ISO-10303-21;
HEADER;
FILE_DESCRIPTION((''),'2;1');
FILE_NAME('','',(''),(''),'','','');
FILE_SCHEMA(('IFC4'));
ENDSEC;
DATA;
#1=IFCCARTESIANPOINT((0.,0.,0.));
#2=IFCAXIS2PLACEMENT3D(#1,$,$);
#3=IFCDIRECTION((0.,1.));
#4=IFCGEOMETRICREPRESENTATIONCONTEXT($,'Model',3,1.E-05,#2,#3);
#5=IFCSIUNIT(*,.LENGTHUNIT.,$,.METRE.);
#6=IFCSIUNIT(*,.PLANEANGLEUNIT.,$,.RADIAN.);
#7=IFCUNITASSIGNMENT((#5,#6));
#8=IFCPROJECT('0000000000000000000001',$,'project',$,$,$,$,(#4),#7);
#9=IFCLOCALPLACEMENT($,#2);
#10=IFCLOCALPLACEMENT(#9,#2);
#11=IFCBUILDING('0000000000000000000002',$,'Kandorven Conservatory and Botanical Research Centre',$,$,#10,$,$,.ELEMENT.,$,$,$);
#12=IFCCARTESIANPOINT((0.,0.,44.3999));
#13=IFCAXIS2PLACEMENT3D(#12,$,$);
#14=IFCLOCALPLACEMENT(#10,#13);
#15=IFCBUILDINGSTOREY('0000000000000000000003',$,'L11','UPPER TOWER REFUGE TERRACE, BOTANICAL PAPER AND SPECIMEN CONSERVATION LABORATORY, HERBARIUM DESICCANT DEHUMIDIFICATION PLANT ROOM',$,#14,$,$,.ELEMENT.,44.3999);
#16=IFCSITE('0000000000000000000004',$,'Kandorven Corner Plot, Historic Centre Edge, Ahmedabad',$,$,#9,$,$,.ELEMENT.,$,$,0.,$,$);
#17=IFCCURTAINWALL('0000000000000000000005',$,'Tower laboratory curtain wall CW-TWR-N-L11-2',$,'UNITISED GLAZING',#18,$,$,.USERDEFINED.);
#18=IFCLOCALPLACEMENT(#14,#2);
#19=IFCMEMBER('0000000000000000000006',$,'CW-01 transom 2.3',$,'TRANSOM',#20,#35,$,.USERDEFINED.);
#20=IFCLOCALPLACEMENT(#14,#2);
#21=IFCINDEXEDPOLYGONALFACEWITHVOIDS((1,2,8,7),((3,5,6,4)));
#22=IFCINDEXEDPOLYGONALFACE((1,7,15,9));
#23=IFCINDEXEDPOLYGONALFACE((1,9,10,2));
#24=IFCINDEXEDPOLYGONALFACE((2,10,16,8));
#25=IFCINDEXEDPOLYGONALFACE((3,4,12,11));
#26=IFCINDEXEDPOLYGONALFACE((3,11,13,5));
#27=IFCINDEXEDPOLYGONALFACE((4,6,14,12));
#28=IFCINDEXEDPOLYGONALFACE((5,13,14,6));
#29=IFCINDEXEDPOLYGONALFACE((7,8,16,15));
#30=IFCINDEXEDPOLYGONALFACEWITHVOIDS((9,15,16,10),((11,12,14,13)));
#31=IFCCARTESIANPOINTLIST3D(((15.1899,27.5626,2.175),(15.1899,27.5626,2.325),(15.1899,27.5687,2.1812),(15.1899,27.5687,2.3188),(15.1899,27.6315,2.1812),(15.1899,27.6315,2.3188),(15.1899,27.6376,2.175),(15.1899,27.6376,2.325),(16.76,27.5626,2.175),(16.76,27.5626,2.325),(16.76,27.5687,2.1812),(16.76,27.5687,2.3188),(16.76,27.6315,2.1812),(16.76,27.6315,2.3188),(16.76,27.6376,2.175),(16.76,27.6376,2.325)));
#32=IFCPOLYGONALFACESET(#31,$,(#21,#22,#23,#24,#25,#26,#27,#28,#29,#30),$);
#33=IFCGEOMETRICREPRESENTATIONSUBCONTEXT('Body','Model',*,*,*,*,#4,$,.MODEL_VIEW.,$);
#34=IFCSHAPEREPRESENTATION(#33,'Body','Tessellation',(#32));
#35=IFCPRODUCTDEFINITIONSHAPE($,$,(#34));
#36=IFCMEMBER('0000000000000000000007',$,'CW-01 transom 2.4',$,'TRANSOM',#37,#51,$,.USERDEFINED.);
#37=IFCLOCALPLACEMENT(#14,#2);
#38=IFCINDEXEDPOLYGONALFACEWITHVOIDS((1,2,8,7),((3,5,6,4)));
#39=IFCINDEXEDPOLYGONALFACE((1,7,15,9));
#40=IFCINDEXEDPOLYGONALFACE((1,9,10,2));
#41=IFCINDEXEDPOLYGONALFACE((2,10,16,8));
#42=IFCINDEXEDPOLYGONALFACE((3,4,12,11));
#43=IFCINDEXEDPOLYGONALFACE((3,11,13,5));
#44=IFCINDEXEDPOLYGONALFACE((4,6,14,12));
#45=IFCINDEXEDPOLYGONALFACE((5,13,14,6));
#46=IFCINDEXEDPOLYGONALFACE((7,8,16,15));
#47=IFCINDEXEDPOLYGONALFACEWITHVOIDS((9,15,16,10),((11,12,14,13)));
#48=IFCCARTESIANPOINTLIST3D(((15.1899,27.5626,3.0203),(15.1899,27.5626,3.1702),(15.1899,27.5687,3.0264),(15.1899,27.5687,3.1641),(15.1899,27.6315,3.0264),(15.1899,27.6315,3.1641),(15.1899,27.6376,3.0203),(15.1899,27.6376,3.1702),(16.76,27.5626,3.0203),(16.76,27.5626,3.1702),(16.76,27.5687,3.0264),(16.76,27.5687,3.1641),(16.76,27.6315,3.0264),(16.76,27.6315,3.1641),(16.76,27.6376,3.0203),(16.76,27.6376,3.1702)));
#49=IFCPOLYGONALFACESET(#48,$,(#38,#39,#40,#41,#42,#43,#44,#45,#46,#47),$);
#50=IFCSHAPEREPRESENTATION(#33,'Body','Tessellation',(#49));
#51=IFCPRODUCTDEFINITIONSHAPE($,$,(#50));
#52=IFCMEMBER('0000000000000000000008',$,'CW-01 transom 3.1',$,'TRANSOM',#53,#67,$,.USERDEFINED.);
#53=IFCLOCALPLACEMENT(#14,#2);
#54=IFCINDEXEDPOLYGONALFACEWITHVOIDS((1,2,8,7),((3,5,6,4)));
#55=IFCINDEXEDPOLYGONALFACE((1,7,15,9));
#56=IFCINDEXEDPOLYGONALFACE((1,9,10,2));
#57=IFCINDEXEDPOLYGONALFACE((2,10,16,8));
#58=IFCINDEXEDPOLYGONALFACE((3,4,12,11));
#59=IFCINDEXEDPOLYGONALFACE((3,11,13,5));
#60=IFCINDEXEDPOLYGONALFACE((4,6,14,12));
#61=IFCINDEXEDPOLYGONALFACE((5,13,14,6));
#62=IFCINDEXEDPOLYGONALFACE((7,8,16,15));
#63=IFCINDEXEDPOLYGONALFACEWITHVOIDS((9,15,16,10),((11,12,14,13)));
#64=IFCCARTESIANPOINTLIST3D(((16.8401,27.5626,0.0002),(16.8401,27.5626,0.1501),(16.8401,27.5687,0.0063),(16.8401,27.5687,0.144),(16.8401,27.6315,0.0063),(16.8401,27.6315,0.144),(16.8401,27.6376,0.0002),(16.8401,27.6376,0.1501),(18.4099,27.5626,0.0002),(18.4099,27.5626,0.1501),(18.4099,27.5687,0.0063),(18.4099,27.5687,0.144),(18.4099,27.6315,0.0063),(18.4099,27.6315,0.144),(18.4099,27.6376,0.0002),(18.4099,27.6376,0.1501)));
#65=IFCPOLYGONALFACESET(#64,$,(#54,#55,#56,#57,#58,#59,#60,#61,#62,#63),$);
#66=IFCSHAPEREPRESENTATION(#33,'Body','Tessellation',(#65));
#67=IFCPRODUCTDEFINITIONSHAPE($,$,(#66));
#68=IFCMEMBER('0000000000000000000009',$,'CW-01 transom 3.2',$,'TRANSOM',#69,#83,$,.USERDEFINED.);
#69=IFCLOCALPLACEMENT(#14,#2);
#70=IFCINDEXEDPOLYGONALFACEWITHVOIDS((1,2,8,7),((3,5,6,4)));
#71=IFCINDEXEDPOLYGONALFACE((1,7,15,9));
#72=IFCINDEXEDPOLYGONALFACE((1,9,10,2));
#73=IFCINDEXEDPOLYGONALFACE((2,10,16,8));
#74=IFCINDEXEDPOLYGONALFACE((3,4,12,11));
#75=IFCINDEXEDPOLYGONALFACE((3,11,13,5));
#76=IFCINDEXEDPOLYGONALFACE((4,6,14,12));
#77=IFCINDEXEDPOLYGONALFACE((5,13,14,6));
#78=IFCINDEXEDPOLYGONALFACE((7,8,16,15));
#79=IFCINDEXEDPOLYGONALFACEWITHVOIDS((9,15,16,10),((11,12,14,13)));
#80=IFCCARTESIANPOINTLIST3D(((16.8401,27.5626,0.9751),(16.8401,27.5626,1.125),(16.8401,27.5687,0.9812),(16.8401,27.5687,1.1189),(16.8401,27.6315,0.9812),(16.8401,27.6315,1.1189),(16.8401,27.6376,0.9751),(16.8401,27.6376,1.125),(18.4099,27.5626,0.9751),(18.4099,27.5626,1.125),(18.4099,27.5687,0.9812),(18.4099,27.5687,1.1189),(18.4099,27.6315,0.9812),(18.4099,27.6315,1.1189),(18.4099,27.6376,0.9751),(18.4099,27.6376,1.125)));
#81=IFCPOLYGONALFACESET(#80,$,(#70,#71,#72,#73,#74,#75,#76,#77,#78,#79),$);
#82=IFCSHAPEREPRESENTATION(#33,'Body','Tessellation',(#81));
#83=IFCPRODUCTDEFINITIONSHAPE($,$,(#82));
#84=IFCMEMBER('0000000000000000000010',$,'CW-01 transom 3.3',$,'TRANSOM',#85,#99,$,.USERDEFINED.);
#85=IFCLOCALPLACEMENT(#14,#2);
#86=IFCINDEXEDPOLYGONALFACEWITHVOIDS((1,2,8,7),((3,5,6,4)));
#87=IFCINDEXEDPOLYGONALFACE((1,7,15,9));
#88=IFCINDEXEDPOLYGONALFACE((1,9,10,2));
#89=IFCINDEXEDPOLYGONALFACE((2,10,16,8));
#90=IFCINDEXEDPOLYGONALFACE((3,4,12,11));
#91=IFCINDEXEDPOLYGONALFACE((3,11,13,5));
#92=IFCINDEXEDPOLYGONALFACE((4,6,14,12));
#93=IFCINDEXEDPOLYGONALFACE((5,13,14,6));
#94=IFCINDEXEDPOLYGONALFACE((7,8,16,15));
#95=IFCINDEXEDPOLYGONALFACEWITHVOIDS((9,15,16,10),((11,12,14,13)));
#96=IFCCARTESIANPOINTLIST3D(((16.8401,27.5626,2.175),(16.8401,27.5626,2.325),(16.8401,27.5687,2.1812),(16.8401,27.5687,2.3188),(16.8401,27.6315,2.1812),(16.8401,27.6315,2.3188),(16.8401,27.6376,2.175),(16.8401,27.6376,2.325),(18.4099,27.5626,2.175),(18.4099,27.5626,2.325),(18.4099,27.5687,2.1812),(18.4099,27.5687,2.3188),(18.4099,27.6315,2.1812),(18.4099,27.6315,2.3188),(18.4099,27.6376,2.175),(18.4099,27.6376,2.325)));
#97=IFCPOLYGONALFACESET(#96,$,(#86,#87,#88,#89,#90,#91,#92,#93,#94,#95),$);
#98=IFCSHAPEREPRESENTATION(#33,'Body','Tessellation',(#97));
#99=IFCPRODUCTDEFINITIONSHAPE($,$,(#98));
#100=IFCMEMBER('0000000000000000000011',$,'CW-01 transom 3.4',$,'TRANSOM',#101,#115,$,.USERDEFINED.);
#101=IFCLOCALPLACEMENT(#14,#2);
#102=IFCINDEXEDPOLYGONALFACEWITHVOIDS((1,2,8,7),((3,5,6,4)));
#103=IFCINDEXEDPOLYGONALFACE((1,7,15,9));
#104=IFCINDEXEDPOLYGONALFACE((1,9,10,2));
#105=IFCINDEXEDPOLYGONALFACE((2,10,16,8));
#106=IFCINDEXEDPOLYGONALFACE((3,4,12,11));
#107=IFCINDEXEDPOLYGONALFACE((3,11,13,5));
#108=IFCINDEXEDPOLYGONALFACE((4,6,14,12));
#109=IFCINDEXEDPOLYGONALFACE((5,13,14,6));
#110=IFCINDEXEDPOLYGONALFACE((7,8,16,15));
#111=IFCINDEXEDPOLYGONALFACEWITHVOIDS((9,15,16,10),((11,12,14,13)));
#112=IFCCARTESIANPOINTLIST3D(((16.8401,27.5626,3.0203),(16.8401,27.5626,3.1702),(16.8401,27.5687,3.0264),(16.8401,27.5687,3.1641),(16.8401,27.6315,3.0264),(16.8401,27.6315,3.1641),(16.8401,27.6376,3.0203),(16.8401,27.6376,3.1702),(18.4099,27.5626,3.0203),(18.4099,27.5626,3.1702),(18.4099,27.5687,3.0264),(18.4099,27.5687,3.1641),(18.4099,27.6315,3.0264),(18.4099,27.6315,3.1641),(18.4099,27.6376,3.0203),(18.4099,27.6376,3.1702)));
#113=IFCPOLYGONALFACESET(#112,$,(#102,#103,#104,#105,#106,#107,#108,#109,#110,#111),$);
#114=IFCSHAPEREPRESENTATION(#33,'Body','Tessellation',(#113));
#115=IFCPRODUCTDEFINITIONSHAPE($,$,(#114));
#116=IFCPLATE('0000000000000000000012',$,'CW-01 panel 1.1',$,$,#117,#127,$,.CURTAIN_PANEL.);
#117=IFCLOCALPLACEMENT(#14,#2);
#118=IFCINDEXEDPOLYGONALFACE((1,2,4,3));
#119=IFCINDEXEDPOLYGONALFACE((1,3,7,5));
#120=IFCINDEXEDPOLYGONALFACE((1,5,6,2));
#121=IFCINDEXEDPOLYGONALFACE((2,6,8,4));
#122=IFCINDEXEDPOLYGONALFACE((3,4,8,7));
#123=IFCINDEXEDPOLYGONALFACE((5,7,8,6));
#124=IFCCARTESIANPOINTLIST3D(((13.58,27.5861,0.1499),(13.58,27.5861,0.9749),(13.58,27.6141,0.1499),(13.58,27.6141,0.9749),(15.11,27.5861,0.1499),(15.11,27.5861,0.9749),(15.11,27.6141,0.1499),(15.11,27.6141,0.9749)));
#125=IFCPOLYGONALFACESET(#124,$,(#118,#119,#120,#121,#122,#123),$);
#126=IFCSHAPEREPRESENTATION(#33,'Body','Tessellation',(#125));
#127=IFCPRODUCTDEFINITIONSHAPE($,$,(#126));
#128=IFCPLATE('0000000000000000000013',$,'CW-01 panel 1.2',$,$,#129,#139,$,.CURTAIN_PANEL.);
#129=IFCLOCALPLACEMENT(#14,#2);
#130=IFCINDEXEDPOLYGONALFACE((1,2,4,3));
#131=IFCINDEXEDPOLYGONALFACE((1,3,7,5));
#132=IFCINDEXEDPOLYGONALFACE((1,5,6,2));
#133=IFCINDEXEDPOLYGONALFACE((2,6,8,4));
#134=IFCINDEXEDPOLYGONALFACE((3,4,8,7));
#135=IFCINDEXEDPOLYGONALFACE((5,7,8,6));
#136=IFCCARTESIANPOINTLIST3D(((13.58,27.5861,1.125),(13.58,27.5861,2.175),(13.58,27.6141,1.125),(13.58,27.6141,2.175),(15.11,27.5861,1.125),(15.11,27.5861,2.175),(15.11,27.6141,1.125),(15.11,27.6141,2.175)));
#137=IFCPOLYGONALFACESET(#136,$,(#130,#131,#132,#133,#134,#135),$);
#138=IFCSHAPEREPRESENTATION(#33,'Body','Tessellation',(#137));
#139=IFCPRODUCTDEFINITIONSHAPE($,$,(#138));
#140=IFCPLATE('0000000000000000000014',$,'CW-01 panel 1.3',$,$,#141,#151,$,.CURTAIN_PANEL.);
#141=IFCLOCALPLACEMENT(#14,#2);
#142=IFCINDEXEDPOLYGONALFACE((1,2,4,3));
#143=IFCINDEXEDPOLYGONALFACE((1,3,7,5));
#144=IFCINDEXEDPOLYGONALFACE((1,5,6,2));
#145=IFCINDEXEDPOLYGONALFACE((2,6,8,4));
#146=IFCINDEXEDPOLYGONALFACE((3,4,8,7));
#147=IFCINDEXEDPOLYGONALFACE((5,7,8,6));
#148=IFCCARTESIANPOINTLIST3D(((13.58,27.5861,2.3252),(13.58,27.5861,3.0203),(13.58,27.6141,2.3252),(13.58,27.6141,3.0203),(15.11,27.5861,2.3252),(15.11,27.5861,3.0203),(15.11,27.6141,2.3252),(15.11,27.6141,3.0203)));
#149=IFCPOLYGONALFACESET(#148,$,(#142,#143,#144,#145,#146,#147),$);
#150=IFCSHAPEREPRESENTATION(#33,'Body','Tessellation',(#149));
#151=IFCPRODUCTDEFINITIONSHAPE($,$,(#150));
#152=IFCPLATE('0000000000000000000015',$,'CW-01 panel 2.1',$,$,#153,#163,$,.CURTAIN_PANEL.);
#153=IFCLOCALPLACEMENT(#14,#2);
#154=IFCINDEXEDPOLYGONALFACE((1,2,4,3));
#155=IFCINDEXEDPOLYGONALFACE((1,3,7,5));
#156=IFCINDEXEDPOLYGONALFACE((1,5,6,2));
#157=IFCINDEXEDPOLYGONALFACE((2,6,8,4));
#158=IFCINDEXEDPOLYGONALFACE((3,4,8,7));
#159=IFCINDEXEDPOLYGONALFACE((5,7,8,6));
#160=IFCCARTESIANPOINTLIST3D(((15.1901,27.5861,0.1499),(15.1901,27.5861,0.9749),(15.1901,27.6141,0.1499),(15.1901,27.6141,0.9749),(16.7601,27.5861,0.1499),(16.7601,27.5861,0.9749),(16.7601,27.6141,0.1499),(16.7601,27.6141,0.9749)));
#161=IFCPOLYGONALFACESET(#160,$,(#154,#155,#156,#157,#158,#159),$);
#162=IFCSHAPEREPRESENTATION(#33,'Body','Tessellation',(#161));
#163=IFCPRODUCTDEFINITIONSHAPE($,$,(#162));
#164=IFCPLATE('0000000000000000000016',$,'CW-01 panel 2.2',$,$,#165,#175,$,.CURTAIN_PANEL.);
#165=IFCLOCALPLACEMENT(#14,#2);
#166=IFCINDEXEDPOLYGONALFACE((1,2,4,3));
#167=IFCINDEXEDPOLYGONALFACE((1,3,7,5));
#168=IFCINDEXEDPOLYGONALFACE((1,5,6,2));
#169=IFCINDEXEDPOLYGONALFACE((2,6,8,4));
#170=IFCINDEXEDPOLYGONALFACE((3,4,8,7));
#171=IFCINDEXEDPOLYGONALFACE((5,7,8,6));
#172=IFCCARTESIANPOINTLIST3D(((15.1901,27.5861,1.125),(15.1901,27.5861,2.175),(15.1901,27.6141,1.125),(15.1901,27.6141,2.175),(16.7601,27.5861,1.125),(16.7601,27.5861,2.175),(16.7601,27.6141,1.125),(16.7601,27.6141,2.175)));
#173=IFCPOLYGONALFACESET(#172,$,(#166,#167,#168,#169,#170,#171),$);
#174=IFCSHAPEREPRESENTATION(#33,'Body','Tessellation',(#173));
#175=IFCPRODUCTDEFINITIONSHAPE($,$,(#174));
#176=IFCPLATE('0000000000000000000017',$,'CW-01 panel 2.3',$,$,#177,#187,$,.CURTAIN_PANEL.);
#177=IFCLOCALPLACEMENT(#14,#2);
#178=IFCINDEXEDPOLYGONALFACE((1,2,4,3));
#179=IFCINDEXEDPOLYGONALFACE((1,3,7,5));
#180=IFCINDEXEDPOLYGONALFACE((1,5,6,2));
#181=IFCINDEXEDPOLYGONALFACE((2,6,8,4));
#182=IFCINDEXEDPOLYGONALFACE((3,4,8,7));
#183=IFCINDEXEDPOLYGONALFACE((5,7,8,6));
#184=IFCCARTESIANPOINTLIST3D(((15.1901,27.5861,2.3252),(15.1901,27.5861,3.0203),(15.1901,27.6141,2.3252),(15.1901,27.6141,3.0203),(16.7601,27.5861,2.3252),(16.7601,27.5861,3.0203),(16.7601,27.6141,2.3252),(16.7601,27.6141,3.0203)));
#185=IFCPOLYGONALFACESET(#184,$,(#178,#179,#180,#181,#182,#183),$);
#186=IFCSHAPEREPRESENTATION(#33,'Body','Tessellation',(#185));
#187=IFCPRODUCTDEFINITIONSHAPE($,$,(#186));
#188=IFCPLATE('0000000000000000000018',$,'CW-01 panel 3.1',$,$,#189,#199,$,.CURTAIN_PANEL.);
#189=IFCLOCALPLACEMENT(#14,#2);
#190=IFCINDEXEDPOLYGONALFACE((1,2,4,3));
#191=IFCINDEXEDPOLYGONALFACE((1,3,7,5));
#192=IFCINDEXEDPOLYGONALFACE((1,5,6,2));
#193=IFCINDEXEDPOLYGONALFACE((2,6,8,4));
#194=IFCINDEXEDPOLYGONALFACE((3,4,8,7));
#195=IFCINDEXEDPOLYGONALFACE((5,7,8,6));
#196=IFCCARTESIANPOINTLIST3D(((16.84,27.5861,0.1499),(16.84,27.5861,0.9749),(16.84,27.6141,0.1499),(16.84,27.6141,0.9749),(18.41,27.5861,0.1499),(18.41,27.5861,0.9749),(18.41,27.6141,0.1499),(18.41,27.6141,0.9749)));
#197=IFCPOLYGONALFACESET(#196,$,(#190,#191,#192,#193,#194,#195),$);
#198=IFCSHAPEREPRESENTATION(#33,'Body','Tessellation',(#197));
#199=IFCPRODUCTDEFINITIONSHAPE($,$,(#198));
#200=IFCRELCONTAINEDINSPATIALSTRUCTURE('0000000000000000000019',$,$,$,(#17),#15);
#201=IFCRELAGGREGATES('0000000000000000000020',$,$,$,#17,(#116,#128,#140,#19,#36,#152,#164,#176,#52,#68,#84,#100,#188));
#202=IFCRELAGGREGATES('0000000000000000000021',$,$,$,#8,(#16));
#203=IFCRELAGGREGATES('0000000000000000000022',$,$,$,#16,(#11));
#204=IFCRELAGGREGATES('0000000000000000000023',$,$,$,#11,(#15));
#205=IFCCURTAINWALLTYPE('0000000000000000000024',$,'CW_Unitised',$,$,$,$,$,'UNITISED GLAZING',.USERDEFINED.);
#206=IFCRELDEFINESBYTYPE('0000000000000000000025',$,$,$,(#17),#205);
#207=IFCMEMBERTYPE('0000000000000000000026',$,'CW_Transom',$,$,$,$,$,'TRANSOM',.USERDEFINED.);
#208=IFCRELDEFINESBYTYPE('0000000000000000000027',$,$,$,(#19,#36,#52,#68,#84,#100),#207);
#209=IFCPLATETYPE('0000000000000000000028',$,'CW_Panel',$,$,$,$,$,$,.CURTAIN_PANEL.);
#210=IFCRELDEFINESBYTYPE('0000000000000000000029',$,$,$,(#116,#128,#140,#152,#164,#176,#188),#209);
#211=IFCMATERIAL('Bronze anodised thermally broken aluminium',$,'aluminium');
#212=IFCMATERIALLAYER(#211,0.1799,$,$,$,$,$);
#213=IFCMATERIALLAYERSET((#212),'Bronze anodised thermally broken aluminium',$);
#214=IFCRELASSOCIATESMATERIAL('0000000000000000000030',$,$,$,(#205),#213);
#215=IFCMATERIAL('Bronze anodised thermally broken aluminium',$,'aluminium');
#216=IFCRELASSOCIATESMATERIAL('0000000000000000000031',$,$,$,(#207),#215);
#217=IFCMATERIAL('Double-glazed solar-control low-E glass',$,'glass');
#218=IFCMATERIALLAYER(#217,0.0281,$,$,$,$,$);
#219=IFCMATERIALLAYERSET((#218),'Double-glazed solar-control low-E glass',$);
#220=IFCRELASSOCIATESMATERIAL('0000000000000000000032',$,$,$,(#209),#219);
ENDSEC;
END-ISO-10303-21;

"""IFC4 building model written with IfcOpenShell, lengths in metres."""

from ifc_helpers import new_model, si_unit, direction, frame, origin, origin_2d, place, context, subcontext, project, spatial, rectangle, hollow_rectangle, extrude, material, layer, layer_set, material_profile, profile_set, type_object, element, aggregate, save


model = new_model("IFC4")

# Units and contexts
model_context = context("Model", 3, precision=1e-05, world=origin(), true_north=direction((0.0, 1.0)))
body_context = subcontext(model_context, "Body", "Model", "MODEL_VIEW")
ifc_project = project(units=[si_unit("LENGTHUNIT", "METRE"), si_unit("PLANEANGLEUNIT", "RADIAN")], contexts=[model_context])

# Site, building, storey
site_placement = place(None, origin())
site = spatial("IfcSite", under=ifc_project, at=site_placement, Name="Kandorven Corner Plot, Historic Centre Edge, Ahmedabad", CompositionType="ELEMENT", RefElevation=0.0)
building_placement = place(site_placement, origin())
building = spatial("IfcBuilding", under=site, at=building_placement, Name="Kandorven Conservatory and Botanical Research Centre", CompositionType="ELEMENT")
storey_placement = place(building_placement, frame((0.0, 0.0, 44.3999)))
storey = spatial("IfcBuildingStorey", under=building, at=storey_placement, Name="L11", Description="UPPER TOWER REFUGE TERRACE, BOTANICAL PAPER AND SPECIMEN CONSERVATION LABORATORY, HERBARIUM DESICCANT DEHUMIDIFICATION PLANT ROOM", CompositionType="ELEMENT", Elevation=44.3999)

# Curtain wall, members, plates
ifc_material_1 = material(Name="Bronze anodised thermally broken aluminium", Category="aluminium")
ifc_layer_1 = layer(ifc_material_1, 0.1799)
ifc_layer_set_1 = layer_set([ifc_layer_1], Name="Bronze anodised thermally broken aluminium")
curtain_wall_type = type_object("IfcCurtainWallType", Name="CW_Unitised", ElementType="UNITISED GLAZING", PredefinedType="USERDEFINED", material=ifc_layer_set_1)
curtain_wall_placement = place(storey_placement, origin())
curtain_wall = element("IfcCurtainWall", 1, at=curtain_wall_placement, inside=storey, type_object=curtain_wall_type, Name="Tower laboratory curtain wall CW-TWR-N-L11-2", ObjectType="UNITISED GLAZING", PredefinedType="USERDEFINED")
ifc_material_2 = material(Name="Bronze anodised thermally broken aluminium", Category="aluminium")
ifc_material_profile_1 = material_profile(ifc_material_2, hollow_rectangle(XDim=0.075, YDim=0.1499, WallThickness=0.0061, at=origin_2d()))
ifc_profile_set_1 = profile_set([ifc_material_profile_1], Name="Bronze anodised thermally broken aluminium")
member_type_1 = type_object("IfcMemberType", Name="CW_Transom", ElementType="TRANSOM", PredefinedType="USERDEFINED", material=ifc_profile_set_1)
member_1_placement = place(storey_placement, frame((15.1899, 27.6001, 2.25), z_axis=(1.0, 0.0, 0.0), x_axis=(0.0, 1.0, 0.0)))
member_1 = element("IfcMember", 2, at=member_1_placement, type_object=member_type_1, Name="CW-01 transom 2.3", ObjectType="TRANSOM", PredefinedType="USERDEFINED", context=body_context, shape_type="SweptSolid", body=[
    extrude(hollow_rectangle(XDim=0.075, YDim=0.1499, WallThickness=0.0061, at=origin_2d()), origin(), (0.0, 0.0, 1.0), 1.5701),
])
member_2_placement = place(storey_placement, frame((15.1899, 27.6001, 3.0952), z_axis=(1.0, 0.0, 0.0), x_axis=(0.0, 1.0, 0.0)))
member_2 = element("IfcMember", 3, at=member_2_placement, type_object=member_type_1, Name="CW-01 transom 2.4", ObjectType="TRANSOM", PredefinedType="USERDEFINED", context=body_context, shape_type="SweptSolid", body=[
    extrude(hollow_rectangle(XDim=0.075, YDim=0.1499, WallThickness=0.0061, at=origin_2d()), origin(), (0.0, 0.0, 1.0), 1.5701),
])
member_3_placement = place(storey_placement, frame((16.8401, 27.6001, 0.0752), z_axis=(1.0, 0.0, 0.0), x_axis=(0.0, 1.0, 0.0)))
member_3 = element("IfcMember", 4, at=member_3_placement, type_object=member_type_1, Name="CW-01 transom 3.1", ObjectType="TRANSOM", PredefinedType="USERDEFINED", context=body_context, shape_type="SweptSolid", body=[
    extrude(hollow_rectangle(XDim=0.075, YDim=0.1499, WallThickness=0.0061, at=origin_2d()), origin(), (0.0, 0.0, 1.0), 1.5698),
])
member_4_placement = place(storey_placement, frame((16.8401, 27.6001, 1.05), z_axis=(1.0, 0.0, 0.0), x_axis=(0.0, 1.0, 0.0)))
member_4 = element("IfcMember", 5, at=member_4_placement, type_object=member_type_1, Name="CW-01 transom 3.2", ObjectType="TRANSOM", PredefinedType="USERDEFINED", context=body_context, shape_type="SweptSolid", body=[
    extrude(hollow_rectangle(XDim=0.075, YDim=0.1499, WallThickness=0.0061, at=origin_2d()), origin(), (0.0, 0.0, 1.0), 1.5698),
])
member_5_placement = place(storey_placement, frame((16.8401, 27.6001, 2.25), z_axis=(1.0, 0.0, 0.0), x_axis=(0.0, 1.0, 0.0)))
member_5 = element("IfcMember", 6, at=member_5_placement, type_object=member_type_1, Name="CW-01 transom 3.3", ObjectType="TRANSOM", PredefinedType="USERDEFINED", context=body_context, shape_type="SweptSolid", body=[
    extrude(hollow_rectangle(XDim=0.075, YDim=0.1499, WallThickness=0.0061, at=origin_2d()), origin(), (0.0, 0.0, 1.0), 1.5698),
])
member_6_placement = place(storey_placement, frame((16.8401, 27.6001, 3.0952), z_axis=(1.0, 0.0, 0.0), x_axis=(0.0, 1.0, 0.0)))
member_6 = element("IfcMember", 7, at=member_6_placement, type_object=member_type_1, Name="CW-01 transom 3.4", ObjectType="TRANSOM", PredefinedType="USERDEFINED", context=body_context, shape_type="SweptSolid", body=[
    extrude(hollow_rectangle(XDim=0.075, YDim=0.1499, WallThickness=0.0061, at=origin_2d()), origin(), (0.0, 0.0, 1.0), 1.5698),
])
ifc_material_3 = material(Name="Double-glazed solar-control low-E glass", Category="glass")
ifc_layer_2 = layer(ifc_material_3, 0.0281)
ifc_layer_set_2 = layer_set([ifc_layer_2], Name="Double-glazed solar-control low-E glass")
plate_type = type_object("IfcPlateType", Name="CW_Panel", PredefinedType="CURTAIN_PANEL", material=ifc_layer_set_2)
plate_1_placement = place(storey_placement, frame((14.345, 27.6001, 0.1499), z_axis=(0.0, 0.0, 1.0), x_axis=(1.0, 0.0, 0.0)))
plate_1 = element("IfcPlate", 8, at=plate_1_placement, type_object=plate_type, Name="CW-01 panel 1.1", PredefinedType="CURTAIN_PANEL", context=body_context, shape_type="SweptSolid", body=[
    extrude(rectangle(XDim=1.53, YDim=0.0281, at=origin_2d()), origin(), (0.0, 0.0, 1.0), 0.825),
])
plate_2_placement = place(storey_placement, frame((14.345, 27.6001, 1.125), z_axis=(0.0, 0.0, 1.0), x_axis=(1.0, 0.0, 0.0)))
plate_2 = element("IfcPlate", 9, at=plate_2_placement, type_object=plate_type, Name="CW-01 panel 1.2", PredefinedType="CURTAIN_PANEL", context=body_context, shape_type="SweptSolid", body=[
    extrude(rectangle(XDim=1.53, YDim=0.0281, at=origin_2d()), origin(), (0.0, 0.0, 1.0), 1.05),
])
plate_3_placement = place(storey_placement, frame((14.345, 27.6001, 2.3252), z_axis=(0.0, 0.0, 1.0), x_axis=(1.0, 0.0, 0.0)))
plate_3 = element("IfcPlate", 10, at=plate_3_placement, type_object=plate_type, Name="CW-01 panel 1.3", PredefinedType="CURTAIN_PANEL", context=body_context, shape_type="SweptSolid", body=[
    extrude(rectangle(XDim=1.53, YDim=0.0281, at=origin_2d()), origin(), (0.0, 0.0, 1.0), 0.6951),
])
plate_4_placement = place(storey_placement, frame((15.9751, 27.6001, 0.1499), z_axis=(0.0, 0.0, 1.0), x_axis=(1.0, 0.0, 0.0)))
plate_4 = element("IfcPlate", 11, at=plate_4_placement, type_object=plate_type, Name="CW-01 panel 2.1", PredefinedType="CURTAIN_PANEL", context=body_context, shape_type="SweptSolid", body=[
    extrude(rectangle(XDim=1.5701, YDim=0.0281, at=origin_2d()), origin(), (0.0, 0.0, 1.0), 0.825),
])
plate_5_placement = place(storey_placement, frame((15.9751, 27.6001, 1.125), z_axis=(0.0, 0.0, 1.0), x_axis=(1.0, 0.0, 0.0)))
plate_5 = element("IfcPlate", 12, at=plate_5_placement, type_object=plate_type, Name="CW-01 panel 2.2", PredefinedType="CURTAIN_PANEL", context=body_context, shape_type="SweptSolid", body=[
    extrude(rectangle(XDim=1.5701, YDim=0.0281, at=origin_2d()), origin(), (0.0, 0.0, 1.0), 1.05),
])
plate_6_placement = place(storey_placement, frame((15.9751, 27.6001, 2.3252), z_axis=(0.0, 0.0, 1.0), x_axis=(1.0, 0.0, 0.0)))
plate_6 = element("IfcPlate", 13, at=plate_6_placement, type_object=plate_type, Name="CW-01 panel 2.3", PredefinedType="CURTAIN_PANEL", context=body_context, shape_type="SweptSolid", body=[
    extrude(rectangle(XDim=1.5701, YDim=0.0281, at=origin_2d()), origin(), (0.0, 0.0, 1.0), 0.6951),
])
plate_7_placement = place(storey_placement, frame((17.625, 27.6001, 0.1499), z_axis=(0.0, 0.0, 1.0), x_axis=(1.0, 0.0, 0.0)))
plate_7 = element("IfcPlate", 14, at=plate_7_placement, type_object=plate_type, Name="CW-01 panel 3.1", PredefinedType="CURTAIN_PANEL", context=body_context, shape_type="SweptSolid", body=[
    extrude(rectangle(XDim=1.5701, YDim=0.0281, at=origin_2d()), origin(), (0.0, 0.0, 1.0), 0.825),
])
aggregate(curtain_wall, [plate_1, plate_2, plate_3, member_1, member_2, plate_4, plate_5, plate_6, member_3, member_4, member_5, member_6, plate_7])

save(model, "model.ifc")
